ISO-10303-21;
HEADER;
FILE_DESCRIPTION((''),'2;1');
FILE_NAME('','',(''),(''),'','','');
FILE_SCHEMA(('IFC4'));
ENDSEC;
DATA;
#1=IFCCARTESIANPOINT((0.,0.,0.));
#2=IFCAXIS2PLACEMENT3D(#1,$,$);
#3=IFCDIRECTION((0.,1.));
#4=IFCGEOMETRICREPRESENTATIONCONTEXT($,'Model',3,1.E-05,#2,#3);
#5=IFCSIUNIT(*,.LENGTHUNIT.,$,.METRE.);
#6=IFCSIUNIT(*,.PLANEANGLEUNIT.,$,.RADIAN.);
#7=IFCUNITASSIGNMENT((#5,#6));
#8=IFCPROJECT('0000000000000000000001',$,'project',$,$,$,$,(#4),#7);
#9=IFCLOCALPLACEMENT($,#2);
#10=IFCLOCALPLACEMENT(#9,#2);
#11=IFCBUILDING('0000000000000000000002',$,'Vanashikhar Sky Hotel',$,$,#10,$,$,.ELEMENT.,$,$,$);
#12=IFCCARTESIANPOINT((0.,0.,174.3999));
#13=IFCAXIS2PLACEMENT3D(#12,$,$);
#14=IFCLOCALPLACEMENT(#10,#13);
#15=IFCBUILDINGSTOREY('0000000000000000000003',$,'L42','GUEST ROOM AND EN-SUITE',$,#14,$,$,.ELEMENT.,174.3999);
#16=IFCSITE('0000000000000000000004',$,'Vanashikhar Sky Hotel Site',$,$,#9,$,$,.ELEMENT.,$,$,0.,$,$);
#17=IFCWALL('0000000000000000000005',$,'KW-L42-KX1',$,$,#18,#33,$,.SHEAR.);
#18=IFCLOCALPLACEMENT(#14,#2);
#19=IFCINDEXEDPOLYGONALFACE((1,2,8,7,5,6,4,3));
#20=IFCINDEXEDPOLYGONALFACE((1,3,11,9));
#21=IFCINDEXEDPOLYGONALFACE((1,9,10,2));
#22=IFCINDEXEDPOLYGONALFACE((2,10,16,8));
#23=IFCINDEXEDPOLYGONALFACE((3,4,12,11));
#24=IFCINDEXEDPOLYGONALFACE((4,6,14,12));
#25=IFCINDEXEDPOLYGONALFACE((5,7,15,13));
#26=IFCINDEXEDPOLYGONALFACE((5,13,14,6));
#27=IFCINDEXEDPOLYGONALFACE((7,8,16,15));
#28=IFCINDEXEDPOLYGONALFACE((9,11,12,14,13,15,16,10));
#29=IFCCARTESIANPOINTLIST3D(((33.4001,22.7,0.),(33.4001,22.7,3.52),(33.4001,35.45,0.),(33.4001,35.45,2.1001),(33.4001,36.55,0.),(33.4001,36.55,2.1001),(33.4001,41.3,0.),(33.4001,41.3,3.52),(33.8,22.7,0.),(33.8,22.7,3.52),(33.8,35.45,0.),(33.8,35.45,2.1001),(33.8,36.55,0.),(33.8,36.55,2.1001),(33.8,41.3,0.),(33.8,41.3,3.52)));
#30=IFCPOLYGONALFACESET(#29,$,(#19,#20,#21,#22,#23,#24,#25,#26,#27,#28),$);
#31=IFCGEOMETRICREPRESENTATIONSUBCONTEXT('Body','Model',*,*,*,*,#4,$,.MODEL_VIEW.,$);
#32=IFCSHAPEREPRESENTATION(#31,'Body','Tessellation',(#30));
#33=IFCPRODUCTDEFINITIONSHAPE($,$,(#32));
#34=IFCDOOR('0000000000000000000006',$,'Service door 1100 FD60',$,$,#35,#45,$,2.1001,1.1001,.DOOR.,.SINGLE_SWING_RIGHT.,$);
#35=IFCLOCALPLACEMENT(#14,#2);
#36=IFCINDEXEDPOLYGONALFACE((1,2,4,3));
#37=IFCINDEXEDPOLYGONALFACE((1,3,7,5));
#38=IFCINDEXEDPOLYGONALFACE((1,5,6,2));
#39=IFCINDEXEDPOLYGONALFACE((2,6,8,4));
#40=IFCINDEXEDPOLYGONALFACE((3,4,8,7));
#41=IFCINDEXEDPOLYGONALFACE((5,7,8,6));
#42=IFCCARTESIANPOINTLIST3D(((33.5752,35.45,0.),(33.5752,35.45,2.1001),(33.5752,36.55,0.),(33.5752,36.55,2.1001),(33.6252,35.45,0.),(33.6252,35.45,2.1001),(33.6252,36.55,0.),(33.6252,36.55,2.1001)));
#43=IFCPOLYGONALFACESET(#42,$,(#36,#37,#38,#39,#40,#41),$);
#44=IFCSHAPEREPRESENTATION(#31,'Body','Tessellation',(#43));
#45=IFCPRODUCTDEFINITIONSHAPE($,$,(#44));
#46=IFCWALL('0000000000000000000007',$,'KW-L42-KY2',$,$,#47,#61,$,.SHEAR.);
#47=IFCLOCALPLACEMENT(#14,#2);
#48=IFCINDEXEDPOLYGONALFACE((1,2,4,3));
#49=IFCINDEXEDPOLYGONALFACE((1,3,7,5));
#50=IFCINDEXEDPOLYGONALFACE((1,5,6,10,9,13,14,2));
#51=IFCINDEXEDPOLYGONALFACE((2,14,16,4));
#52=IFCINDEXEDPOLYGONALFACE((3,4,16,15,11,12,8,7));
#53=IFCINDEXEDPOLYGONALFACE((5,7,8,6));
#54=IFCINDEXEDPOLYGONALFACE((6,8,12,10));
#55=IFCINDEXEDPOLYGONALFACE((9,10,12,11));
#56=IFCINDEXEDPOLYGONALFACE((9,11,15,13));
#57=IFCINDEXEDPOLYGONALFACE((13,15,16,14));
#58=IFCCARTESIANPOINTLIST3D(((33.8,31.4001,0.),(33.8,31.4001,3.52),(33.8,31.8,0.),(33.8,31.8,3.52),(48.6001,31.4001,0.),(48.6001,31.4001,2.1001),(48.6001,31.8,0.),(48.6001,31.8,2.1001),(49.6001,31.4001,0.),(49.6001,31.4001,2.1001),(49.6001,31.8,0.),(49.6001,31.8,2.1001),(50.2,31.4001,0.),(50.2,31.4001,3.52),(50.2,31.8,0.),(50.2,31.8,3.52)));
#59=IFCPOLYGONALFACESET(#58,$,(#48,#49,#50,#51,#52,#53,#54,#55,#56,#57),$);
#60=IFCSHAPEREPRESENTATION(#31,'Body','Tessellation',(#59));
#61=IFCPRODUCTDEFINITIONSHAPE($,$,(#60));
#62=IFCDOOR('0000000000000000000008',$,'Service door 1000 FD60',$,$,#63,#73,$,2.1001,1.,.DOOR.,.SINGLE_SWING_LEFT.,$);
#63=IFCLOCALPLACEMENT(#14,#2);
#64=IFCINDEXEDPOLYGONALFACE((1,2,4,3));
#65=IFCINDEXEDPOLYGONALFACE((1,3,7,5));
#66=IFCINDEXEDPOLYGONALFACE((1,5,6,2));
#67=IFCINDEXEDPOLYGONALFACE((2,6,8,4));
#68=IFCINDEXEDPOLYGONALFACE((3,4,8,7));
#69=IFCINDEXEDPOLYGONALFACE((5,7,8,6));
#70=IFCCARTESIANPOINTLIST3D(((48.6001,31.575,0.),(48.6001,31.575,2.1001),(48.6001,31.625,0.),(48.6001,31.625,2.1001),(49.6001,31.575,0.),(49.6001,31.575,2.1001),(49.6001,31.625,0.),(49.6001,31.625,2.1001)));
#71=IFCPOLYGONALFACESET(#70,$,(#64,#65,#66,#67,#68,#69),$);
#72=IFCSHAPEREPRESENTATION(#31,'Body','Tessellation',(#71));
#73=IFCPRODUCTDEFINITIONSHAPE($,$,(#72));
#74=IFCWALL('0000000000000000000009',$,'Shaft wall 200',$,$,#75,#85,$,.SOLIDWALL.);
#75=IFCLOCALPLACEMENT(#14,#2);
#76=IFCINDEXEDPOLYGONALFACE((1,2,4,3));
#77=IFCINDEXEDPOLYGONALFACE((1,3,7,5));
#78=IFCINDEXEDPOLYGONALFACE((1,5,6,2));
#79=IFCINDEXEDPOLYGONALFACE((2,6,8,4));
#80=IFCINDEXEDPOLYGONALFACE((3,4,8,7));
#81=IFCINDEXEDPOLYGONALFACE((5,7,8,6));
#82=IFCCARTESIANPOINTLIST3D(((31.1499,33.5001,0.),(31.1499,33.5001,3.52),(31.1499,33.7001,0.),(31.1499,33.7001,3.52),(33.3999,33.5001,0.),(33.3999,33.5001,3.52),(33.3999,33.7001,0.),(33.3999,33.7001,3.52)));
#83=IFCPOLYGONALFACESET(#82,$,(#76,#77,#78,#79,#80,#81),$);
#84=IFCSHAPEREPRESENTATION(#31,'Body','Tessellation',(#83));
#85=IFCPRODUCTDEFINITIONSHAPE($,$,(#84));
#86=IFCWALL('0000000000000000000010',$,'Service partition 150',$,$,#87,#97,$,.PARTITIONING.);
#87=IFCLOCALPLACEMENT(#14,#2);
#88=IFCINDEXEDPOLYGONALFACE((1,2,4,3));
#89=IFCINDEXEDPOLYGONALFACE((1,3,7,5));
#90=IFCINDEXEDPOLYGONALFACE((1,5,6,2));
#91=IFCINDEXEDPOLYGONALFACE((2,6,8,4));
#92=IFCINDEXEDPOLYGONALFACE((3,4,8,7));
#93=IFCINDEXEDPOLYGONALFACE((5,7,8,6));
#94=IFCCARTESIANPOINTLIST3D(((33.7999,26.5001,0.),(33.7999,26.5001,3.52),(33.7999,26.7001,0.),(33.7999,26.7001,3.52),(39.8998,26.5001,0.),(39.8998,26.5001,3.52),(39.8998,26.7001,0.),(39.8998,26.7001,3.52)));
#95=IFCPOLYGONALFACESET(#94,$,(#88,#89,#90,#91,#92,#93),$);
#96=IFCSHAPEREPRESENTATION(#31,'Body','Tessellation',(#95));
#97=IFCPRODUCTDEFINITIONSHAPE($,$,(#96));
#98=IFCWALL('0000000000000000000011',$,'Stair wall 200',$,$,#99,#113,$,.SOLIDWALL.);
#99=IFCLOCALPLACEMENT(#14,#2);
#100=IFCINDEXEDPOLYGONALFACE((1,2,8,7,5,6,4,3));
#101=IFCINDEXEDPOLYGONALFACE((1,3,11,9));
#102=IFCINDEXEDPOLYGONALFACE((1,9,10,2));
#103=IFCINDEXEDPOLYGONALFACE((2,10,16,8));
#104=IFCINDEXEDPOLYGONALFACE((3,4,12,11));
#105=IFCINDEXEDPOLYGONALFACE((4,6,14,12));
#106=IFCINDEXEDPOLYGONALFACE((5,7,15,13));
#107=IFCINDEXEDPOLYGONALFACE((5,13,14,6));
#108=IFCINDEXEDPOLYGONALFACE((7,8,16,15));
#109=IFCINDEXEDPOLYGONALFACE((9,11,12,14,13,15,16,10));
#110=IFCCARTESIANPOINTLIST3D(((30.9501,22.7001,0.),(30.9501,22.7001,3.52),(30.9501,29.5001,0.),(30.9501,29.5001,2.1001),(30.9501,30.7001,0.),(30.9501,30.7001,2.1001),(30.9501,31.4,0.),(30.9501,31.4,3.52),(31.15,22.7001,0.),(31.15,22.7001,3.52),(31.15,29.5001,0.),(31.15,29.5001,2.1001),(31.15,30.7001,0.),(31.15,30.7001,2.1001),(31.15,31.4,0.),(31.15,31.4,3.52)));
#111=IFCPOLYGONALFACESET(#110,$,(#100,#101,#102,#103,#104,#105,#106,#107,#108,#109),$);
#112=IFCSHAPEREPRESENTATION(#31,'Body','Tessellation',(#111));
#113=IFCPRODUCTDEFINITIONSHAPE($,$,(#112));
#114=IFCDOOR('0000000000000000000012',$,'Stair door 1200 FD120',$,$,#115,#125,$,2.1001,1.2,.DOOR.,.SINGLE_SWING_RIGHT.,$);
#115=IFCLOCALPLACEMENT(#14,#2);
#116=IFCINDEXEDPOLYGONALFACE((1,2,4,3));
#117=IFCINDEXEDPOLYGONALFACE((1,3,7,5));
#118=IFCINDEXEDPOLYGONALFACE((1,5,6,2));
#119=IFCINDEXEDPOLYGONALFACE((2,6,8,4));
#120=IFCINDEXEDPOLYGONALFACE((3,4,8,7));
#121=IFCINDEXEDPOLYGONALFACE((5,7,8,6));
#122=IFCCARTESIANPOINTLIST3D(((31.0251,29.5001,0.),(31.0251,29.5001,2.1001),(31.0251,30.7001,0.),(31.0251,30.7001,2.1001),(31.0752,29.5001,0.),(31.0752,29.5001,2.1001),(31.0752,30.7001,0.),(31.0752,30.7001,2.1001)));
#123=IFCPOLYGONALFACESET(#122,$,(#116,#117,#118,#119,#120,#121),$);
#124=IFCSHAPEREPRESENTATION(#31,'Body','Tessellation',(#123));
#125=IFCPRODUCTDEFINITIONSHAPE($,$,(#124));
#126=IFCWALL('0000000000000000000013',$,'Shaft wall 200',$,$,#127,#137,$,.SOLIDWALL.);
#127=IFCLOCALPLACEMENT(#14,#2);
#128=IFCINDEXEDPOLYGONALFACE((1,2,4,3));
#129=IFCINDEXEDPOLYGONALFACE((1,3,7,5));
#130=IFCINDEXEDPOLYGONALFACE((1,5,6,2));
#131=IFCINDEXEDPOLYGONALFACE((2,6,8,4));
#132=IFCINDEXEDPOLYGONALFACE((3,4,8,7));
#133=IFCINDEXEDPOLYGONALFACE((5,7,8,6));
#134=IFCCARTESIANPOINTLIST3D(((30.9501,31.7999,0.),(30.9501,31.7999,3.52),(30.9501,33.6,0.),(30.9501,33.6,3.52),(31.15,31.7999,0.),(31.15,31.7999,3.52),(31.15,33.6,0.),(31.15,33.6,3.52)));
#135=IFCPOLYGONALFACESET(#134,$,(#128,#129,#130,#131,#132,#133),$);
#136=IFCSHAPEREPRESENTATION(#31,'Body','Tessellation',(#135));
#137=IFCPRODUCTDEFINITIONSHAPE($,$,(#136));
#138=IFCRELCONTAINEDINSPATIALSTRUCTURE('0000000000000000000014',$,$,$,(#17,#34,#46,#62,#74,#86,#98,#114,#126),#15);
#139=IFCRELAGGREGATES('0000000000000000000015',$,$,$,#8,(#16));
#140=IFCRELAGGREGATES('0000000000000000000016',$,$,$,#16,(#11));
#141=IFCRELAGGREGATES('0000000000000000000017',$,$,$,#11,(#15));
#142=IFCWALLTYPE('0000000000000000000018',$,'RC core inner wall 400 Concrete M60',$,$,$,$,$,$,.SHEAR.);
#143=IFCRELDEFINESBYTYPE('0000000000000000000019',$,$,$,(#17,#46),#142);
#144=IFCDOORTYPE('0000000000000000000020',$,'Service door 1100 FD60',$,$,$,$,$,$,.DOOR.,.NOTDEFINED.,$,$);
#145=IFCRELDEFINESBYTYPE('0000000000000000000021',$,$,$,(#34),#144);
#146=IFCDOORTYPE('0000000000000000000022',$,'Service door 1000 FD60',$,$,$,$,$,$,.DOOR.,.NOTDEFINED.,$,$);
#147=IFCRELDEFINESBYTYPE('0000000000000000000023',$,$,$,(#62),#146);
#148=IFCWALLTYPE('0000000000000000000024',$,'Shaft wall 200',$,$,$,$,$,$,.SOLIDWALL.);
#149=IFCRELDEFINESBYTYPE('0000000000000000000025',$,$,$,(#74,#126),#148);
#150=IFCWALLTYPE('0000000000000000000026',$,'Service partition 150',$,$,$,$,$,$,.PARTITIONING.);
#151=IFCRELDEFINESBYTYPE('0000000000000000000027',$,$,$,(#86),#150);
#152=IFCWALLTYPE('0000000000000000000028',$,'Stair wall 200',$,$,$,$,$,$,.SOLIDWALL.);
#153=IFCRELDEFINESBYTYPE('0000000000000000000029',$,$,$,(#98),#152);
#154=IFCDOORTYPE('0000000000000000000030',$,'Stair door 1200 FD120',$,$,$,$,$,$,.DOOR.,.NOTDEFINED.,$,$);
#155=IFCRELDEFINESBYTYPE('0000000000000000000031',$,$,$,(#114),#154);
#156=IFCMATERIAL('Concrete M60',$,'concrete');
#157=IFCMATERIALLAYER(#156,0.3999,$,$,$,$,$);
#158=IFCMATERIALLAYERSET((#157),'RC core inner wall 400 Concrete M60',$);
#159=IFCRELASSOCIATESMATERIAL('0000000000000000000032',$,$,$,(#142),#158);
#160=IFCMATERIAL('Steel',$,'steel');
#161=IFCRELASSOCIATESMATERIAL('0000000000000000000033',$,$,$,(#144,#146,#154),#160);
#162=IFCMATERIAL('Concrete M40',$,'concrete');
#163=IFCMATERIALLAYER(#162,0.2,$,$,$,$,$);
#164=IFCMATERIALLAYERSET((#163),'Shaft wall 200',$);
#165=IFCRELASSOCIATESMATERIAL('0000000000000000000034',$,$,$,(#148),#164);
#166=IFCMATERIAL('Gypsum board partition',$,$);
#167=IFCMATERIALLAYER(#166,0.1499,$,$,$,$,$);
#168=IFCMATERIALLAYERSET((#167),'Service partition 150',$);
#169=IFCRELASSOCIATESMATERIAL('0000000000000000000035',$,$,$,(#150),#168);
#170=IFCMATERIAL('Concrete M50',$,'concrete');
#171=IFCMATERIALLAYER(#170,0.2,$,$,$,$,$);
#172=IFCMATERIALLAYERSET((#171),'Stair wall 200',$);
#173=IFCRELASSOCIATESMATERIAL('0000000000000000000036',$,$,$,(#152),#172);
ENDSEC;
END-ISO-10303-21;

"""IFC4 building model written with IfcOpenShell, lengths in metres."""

from ifc_helpers import new_model, si_unit, direction, frame, frame_2d, origin, place, context, subcontext, project, spatial, rectangle, extrude, source, transform, mapped, material, layer, layer_set, type_object, element, fill, save


model = new_model("IFC4")

# Units and contexts
model_context = context("Model", 3, precision=1e-05, world=origin(), true_north=direction((0.0, 1.0)))
body_context = subcontext(model_context, "Body", "Model", "MODEL_VIEW")
ifc_project = project(units=[si_unit("LENGTHUNIT", "METRE"), si_unit("PLANEANGLEUNIT", "RADIAN")], contexts=[model_context])

# Site, building, storey
site_placement = place(None, origin())
site = spatial("IfcSite", under=ifc_project, at=site_placement, Name="Vanashikhar Sky Hotel Site", CompositionType="ELEMENT", RefElevation=0.0)
building_placement = place(site_placement, origin())
building = spatial("IfcBuilding", under=site, at=building_placement, Name="Vanashikhar Sky Hotel", CompositionType="ELEMENT")
storey_placement = place(building_placement, frame((0.0, 0.0, 174.3999)))
storey = spatial("IfcBuildingStorey", under=building, at=storey_placement, Name="L42", Description="GUEST ROOM AND EN-SUITE", CompositionType="ELEMENT", Elevation=174.3999)

# Walls, openings, doors
ifc_material_1 = material(Name="Concrete M60", Category="concrete")
ifc_layer_1 = layer(ifc_material_1, 0.3999)
ifc_layer_set_1 = layer_set([ifc_layer_1], Name="RC core inner wall 400 Concrete M60")
wall_type_1 = type_object("IfcWallType", Name="RC core inner wall 400 Concrete M60", PredefinedType="SHEAR", material=ifc_layer_set_1)
shared_shape_1 = source(origin(), body_context, "Body", "SweptSolid", [
    extrude(rectangle(XDim=18.6001, YDim=0.3999, at=frame_2d((9.3, 0.0))), origin(), (0.0, 0.0, 1.0), 3.52),
])
wall_1_placement = place(storey_placement, frame((33.6001, 22.7, 0.0), z_axis=(0.0, 0.0, 1.0), x_axis=(0.0, 1.0, 0.0)))
wall_1 = element("IfcWall", 1, at=wall_1_placement, inside=storey, type_object=wall_type_1, Name="KW-L42-KX1", PredefinedType="SHEAR", context=body_context, shape_type="MappedRepresentation", body=[
    mapped(shared_shape_1, transform((0.0, 0.0, 0.0), scale=1.0)),
])
shared_shape_2 = source(origin(), body_context, "Body", "SweptSolid", [
    extrude(rectangle(XDim=1.1001, YDim=2.1001, at=frame_2d((0.55, 1.05))), frame((0.0, 0.21, 0.0), z_axis=(0.0, -1.0, 0.0), x_axis=(1.0, 0.0, 0.0)), (0.0, 0.0, 1.0), 0.4199),
])
opening_1_placement = place(wall_1_placement, frame((12.75, 0.0, 0.0)))
opening_1 = element("IfcOpeningElement", 2, at=opening_1_placement, cuts=wall_1, PredefinedType="OPENING", context=body_context, shape_type="MappedRepresentation", body=[
    mapped(shared_shape_2, transform((0.0, 0.0, 0.0), scale=1.0)),
])
ifc_material_2 = material(Name="Steel", Category="steel")
door_type_1 = type_object("IfcDoorType", Name="Service door 1100 FD60", OperationType="NOTDEFINED", PredefinedType="DOOR", material=ifc_material_2)
shared_shape_3 = source(origin(), body_context, "Body", "SweptSolid", [
    extrude(rectangle(XDim=1.1001, YDim=2.1001, at=frame_2d((0.55, 1.05))), frame((0.0, 0.0249, 0.0), z_axis=(0.0, -1.0, 0.0), x_axis=(1.0, 0.0, 0.0)), (0.0, 0.0, 1.0), 0.05),
])
door_1_placement = place(opening_1_placement, origin())
door_1 = element("IfcDoor", 3, at=door_1_placement, inside=storey, type_object=door_type_1, Name="Service door 1100 FD60", OperationType="SINGLE_SWING_RIGHT", OverallHeight=2.1001, OverallWidth=1.1001, PredefinedType="DOOR", context=body_context, shape_type="MappedRepresentation", body=[
    mapped(shared_shape_3, transform((0.0, 0.0, 0.0), scale=1.0)),
])
fill(opening_1, door_1)
shared_shape_4 = source(origin(), body_context, "Body", "SweptSolid", [
    extrude(rectangle(XDim=16.3999, YDim=0.3999, at=frame_2d((8.2, 0.0))), origin(), (0.0, 0.0, 1.0), 3.52),
])
wall_2_placement = place(storey_placement, frame((33.8, 31.6001, 0.0), z_axis=(0.0, 0.0, 1.0), x_axis=(1.0, 0.0, 0.0)))
wall_2 = element("IfcWall", 4, at=wall_2_placement, inside=storey, type_object=wall_type_1, Name="KW-L42-KY2", PredefinedType="SHEAR", context=body_context, shape_type="MappedRepresentation", body=[
    mapped(shared_shape_4, transform((0.0, 0.0, 0.0), scale=1.0)),
])
shared_shape_5 = source(origin(), body_context, "Body", "SweptSolid", [
    extrude(rectangle(XDim=1.0, YDim=2.1001, at=frame_2d((0.5, 1.05))), frame((0.0, 0.21, 0.0), z_axis=(0.0, -1.0, 0.0), x_axis=(1.0, 0.0, 0.0)), (0.0, 0.0, 1.0), 0.4199),
])
opening_2_placement = place(wall_2_placement, frame((14.8, 0.0, 0.0)))
opening_2 = element("IfcOpeningElement", 5, at=opening_2_placement, cuts=wall_2, PredefinedType="OPENING", context=body_context, shape_type="MappedRepresentation", body=[
    mapped(shared_shape_5, transform((0.0, 0.0, 0.0), scale=1.0)),
])
door_type_2 = type_object("IfcDoorType", Name="Service door 1000 FD60", OperationType="NOTDEFINED", PredefinedType="DOOR", material=ifc_material_2)
shared_shape_6 = source(origin(), body_context, "Body", "SweptSolid", [
    extrude(rectangle(XDim=1.0, YDim=2.1001, at=frame_2d((0.5, 1.05))), frame((0.0, 0.0249, 0.0), z_axis=(0.0, -1.0, 0.0), x_axis=(1.0, 0.0, 0.0)), (0.0, 0.0, 1.0), 0.05),
])
door_2_placement = place(opening_2_placement, origin())
door_2 = element("IfcDoor", 6, at=door_2_placement, inside=storey, type_object=door_type_2, Name="Service door 1000 FD60", OperationType="SINGLE_SWING_LEFT", OverallHeight=2.1001, OverallWidth=1.0, PredefinedType="DOOR", context=body_context, shape_type="MappedRepresentation", body=[
    mapped(shared_shape_6, transform((0.0, 0.0, 0.0), scale=1.0)),
])
fill(opening_2, door_2)

# Walls
ifc_material_3 = material(Name="Concrete M40", Category="concrete")
ifc_layer_2 = layer(ifc_material_3, 0.2)
ifc_layer_set_2 = layer_set([ifc_layer_2], Name="Shaft wall 200")
wall_type_2 = type_object("IfcWallType", Name="Shaft wall 200", PredefinedType="SOLIDWALL", material=ifc_layer_set_2)
shared_shape_7 = source(origin(), body_context, "Body", "SweptSolid", [
    extrude(rectangle(XDim=2.25, YDim=0.2, at=frame_2d((1.125, 0.0))), origin(), (0.0, 0.0, 1.0), 3.52),
])
wall_3_placement = place(storey_placement, frame((31.1499, 33.6001, 0.0), z_axis=(0.0, 0.0, 1.0), x_axis=(1.0, 0.0, 0.0)))
element("IfcWall", 7, at=wall_3_placement, inside=storey, type_object=wall_type_2, Name="Shaft wall 200", PredefinedType="SOLIDWALL", context=body_context, shape_type="MappedRepresentation", body=[
    mapped(shared_shape_7, transform((0.0, 0.0, 0.0), scale=1.0)),
])
ifc_material_4 = material(Name="Gypsum board partition")
ifc_layer_3 = layer(ifc_material_4, 0.1499)
ifc_layer_set_3 = layer_set([ifc_layer_3], Name="Service partition 150")
wall_type_3 = type_object("IfcWallType", Name="Service partition 150", PredefinedType="PARTITIONING", material=ifc_layer_set_3)
shared_shape_8 = source(origin(), body_context, "Body", "SweptSolid", [
    extrude(rectangle(XDim=6.0999, YDim=0.2, at=frame_2d((3.0498, 0.0))), origin(), (0.0, 0.0, 1.0), 3.52),
])
wall_4_placement = place(storey_placement, frame((33.8, 26.6001, 0.0), z_axis=(0.0, 0.0, 1.0), x_axis=(1.0, 0.0, 0.0)))
element("IfcWall", 8, at=wall_4_placement, inside=storey, type_object=wall_type_3, Name="Service partition 150", PredefinedType="PARTITIONING", context=body_context, shape_type="MappedRepresentation", body=[
    mapped(shared_shape_8, transform((0.0, 0.0, 0.0), scale=1.0)),
])

# Wall, opening, door
ifc_material_5 = material(Name="Concrete M50", Category="concrete")
ifc_layer_4 = layer(ifc_material_5, 0.2)
ifc_layer_set_4 = layer_set([ifc_layer_4], Name="Stair wall 200")
wall_type_4 = type_object("IfcWallType", Name="Stair wall 200", PredefinedType="SOLIDWALL", material=ifc_layer_set_4)
shared_shape_9 = source(origin(), body_context, "Body", "SweptSolid", [
    extrude(rectangle(XDim=8.7, YDim=0.2, at=frame_2d((4.3501, 0.0))), origin(), (0.0, 0.0, 1.0), 3.52),
])
wall_5_placement = place(storey_placement, frame((31.05, 22.7, 0.0), z_axis=(0.0, 0.0, 1.0), x_axis=(0.0, 1.0, 0.0)))
wall_5 = element("IfcWall", 9, at=wall_5_placement, inside=storey, type_object=wall_type_4, Name="Stair wall 200", PredefinedType="SOLIDWALL", context=body_context, shape_type="MappedRepresentation", body=[
    mapped(shared_shape_9, transform((0.0, 0.0, 0.0), scale=1.0)),
])
shared_shape_10 = source(origin(), body_context, "Body", "SweptSolid", [
    extrude(rectangle(XDim=1.2, YDim=2.1001, at=frame_2d((0.6001, 1.05))), frame((0.0, 0.1099, 0.0), z_axis=(0.0, -1.0, 0.0), x_axis=(1.0, 0.0, 0.0)), (0.0, 0.0, 1.0), 0.22),
])
opening_3_placement = place(wall_5_placement, frame((6.8, 0.0, 0.0)))
opening_3 = element("IfcOpeningElement", 10, at=opening_3_placement, cuts=wall_5, PredefinedType="OPENING", context=body_context, shape_type="MappedRepresentation", body=[
    mapped(shared_shape_10, transform((0.0, 0.0, 0.0), scale=1.0)),
])
door_type_3 = type_object("IfcDoorType", Name="Stair door 1200 FD120", OperationType="NOTDEFINED", PredefinedType="DOOR", material=ifc_material_2)
shared_shape_11 = source(origin(), body_context, "Body", "SweptSolid", [
    extrude(rectangle(XDim=1.2, YDim=2.1001, at=frame_2d((0.6001, 1.05))), frame((0.0, 0.0249, 0.0), z_axis=(0.0, -1.0, 0.0), x_axis=(1.0, 0.0, 0.0)), (0.0, 0.0, 1.0), 0.05),
])
door_3_placement = place(opening_3_placement, origin())
door_3 = element("IfcDoor", 11, at=door_3_placement, inside=storey, type_object=door_type_3, Name="Stair door 1200 FD120", OperationType="SINGLE_SWING_RIGHT", OverallHeight=2.1001, OverallWidth=1.2, PredefinedType="DOOR", context=body_context, shape_type="MappedRepresentation", body=[
    mapped(shared_shape_11, transform((0.0, 0.0, 0.0), scale=1.0)),
])
fill(opening_3, door_3)

# Wall
shared_shape_12 = source(origin(), body_context, "Body", "SweptSolid", [
    extrude(rectangle(XDim=1.8, YDim=0.2, at=frame_2d((0.8999, 0.0))), origin(), (0.0, 0.0, 1.0), 3.52),
])
wall_6_placement = place(storey_placement, frame((31.05, 31.8, 0.0), z_axis=(0.0, 0.0, 1.0), x_axis=(0.0, 1.0, 0.0)))
element("IfcWall", 12, at=wall_6_placement, inside=storey, type_object=wall_type_2, Name="Shaft wall 200", PredefinedType="SOLIDWALL", context=body_context, shape_type="MappedRepresentation", body=[
    mapped(shared_shape_12, transform((0.0, 0.0, 0.0), scale=1.0)),
])

save(model, "model.ifc")
